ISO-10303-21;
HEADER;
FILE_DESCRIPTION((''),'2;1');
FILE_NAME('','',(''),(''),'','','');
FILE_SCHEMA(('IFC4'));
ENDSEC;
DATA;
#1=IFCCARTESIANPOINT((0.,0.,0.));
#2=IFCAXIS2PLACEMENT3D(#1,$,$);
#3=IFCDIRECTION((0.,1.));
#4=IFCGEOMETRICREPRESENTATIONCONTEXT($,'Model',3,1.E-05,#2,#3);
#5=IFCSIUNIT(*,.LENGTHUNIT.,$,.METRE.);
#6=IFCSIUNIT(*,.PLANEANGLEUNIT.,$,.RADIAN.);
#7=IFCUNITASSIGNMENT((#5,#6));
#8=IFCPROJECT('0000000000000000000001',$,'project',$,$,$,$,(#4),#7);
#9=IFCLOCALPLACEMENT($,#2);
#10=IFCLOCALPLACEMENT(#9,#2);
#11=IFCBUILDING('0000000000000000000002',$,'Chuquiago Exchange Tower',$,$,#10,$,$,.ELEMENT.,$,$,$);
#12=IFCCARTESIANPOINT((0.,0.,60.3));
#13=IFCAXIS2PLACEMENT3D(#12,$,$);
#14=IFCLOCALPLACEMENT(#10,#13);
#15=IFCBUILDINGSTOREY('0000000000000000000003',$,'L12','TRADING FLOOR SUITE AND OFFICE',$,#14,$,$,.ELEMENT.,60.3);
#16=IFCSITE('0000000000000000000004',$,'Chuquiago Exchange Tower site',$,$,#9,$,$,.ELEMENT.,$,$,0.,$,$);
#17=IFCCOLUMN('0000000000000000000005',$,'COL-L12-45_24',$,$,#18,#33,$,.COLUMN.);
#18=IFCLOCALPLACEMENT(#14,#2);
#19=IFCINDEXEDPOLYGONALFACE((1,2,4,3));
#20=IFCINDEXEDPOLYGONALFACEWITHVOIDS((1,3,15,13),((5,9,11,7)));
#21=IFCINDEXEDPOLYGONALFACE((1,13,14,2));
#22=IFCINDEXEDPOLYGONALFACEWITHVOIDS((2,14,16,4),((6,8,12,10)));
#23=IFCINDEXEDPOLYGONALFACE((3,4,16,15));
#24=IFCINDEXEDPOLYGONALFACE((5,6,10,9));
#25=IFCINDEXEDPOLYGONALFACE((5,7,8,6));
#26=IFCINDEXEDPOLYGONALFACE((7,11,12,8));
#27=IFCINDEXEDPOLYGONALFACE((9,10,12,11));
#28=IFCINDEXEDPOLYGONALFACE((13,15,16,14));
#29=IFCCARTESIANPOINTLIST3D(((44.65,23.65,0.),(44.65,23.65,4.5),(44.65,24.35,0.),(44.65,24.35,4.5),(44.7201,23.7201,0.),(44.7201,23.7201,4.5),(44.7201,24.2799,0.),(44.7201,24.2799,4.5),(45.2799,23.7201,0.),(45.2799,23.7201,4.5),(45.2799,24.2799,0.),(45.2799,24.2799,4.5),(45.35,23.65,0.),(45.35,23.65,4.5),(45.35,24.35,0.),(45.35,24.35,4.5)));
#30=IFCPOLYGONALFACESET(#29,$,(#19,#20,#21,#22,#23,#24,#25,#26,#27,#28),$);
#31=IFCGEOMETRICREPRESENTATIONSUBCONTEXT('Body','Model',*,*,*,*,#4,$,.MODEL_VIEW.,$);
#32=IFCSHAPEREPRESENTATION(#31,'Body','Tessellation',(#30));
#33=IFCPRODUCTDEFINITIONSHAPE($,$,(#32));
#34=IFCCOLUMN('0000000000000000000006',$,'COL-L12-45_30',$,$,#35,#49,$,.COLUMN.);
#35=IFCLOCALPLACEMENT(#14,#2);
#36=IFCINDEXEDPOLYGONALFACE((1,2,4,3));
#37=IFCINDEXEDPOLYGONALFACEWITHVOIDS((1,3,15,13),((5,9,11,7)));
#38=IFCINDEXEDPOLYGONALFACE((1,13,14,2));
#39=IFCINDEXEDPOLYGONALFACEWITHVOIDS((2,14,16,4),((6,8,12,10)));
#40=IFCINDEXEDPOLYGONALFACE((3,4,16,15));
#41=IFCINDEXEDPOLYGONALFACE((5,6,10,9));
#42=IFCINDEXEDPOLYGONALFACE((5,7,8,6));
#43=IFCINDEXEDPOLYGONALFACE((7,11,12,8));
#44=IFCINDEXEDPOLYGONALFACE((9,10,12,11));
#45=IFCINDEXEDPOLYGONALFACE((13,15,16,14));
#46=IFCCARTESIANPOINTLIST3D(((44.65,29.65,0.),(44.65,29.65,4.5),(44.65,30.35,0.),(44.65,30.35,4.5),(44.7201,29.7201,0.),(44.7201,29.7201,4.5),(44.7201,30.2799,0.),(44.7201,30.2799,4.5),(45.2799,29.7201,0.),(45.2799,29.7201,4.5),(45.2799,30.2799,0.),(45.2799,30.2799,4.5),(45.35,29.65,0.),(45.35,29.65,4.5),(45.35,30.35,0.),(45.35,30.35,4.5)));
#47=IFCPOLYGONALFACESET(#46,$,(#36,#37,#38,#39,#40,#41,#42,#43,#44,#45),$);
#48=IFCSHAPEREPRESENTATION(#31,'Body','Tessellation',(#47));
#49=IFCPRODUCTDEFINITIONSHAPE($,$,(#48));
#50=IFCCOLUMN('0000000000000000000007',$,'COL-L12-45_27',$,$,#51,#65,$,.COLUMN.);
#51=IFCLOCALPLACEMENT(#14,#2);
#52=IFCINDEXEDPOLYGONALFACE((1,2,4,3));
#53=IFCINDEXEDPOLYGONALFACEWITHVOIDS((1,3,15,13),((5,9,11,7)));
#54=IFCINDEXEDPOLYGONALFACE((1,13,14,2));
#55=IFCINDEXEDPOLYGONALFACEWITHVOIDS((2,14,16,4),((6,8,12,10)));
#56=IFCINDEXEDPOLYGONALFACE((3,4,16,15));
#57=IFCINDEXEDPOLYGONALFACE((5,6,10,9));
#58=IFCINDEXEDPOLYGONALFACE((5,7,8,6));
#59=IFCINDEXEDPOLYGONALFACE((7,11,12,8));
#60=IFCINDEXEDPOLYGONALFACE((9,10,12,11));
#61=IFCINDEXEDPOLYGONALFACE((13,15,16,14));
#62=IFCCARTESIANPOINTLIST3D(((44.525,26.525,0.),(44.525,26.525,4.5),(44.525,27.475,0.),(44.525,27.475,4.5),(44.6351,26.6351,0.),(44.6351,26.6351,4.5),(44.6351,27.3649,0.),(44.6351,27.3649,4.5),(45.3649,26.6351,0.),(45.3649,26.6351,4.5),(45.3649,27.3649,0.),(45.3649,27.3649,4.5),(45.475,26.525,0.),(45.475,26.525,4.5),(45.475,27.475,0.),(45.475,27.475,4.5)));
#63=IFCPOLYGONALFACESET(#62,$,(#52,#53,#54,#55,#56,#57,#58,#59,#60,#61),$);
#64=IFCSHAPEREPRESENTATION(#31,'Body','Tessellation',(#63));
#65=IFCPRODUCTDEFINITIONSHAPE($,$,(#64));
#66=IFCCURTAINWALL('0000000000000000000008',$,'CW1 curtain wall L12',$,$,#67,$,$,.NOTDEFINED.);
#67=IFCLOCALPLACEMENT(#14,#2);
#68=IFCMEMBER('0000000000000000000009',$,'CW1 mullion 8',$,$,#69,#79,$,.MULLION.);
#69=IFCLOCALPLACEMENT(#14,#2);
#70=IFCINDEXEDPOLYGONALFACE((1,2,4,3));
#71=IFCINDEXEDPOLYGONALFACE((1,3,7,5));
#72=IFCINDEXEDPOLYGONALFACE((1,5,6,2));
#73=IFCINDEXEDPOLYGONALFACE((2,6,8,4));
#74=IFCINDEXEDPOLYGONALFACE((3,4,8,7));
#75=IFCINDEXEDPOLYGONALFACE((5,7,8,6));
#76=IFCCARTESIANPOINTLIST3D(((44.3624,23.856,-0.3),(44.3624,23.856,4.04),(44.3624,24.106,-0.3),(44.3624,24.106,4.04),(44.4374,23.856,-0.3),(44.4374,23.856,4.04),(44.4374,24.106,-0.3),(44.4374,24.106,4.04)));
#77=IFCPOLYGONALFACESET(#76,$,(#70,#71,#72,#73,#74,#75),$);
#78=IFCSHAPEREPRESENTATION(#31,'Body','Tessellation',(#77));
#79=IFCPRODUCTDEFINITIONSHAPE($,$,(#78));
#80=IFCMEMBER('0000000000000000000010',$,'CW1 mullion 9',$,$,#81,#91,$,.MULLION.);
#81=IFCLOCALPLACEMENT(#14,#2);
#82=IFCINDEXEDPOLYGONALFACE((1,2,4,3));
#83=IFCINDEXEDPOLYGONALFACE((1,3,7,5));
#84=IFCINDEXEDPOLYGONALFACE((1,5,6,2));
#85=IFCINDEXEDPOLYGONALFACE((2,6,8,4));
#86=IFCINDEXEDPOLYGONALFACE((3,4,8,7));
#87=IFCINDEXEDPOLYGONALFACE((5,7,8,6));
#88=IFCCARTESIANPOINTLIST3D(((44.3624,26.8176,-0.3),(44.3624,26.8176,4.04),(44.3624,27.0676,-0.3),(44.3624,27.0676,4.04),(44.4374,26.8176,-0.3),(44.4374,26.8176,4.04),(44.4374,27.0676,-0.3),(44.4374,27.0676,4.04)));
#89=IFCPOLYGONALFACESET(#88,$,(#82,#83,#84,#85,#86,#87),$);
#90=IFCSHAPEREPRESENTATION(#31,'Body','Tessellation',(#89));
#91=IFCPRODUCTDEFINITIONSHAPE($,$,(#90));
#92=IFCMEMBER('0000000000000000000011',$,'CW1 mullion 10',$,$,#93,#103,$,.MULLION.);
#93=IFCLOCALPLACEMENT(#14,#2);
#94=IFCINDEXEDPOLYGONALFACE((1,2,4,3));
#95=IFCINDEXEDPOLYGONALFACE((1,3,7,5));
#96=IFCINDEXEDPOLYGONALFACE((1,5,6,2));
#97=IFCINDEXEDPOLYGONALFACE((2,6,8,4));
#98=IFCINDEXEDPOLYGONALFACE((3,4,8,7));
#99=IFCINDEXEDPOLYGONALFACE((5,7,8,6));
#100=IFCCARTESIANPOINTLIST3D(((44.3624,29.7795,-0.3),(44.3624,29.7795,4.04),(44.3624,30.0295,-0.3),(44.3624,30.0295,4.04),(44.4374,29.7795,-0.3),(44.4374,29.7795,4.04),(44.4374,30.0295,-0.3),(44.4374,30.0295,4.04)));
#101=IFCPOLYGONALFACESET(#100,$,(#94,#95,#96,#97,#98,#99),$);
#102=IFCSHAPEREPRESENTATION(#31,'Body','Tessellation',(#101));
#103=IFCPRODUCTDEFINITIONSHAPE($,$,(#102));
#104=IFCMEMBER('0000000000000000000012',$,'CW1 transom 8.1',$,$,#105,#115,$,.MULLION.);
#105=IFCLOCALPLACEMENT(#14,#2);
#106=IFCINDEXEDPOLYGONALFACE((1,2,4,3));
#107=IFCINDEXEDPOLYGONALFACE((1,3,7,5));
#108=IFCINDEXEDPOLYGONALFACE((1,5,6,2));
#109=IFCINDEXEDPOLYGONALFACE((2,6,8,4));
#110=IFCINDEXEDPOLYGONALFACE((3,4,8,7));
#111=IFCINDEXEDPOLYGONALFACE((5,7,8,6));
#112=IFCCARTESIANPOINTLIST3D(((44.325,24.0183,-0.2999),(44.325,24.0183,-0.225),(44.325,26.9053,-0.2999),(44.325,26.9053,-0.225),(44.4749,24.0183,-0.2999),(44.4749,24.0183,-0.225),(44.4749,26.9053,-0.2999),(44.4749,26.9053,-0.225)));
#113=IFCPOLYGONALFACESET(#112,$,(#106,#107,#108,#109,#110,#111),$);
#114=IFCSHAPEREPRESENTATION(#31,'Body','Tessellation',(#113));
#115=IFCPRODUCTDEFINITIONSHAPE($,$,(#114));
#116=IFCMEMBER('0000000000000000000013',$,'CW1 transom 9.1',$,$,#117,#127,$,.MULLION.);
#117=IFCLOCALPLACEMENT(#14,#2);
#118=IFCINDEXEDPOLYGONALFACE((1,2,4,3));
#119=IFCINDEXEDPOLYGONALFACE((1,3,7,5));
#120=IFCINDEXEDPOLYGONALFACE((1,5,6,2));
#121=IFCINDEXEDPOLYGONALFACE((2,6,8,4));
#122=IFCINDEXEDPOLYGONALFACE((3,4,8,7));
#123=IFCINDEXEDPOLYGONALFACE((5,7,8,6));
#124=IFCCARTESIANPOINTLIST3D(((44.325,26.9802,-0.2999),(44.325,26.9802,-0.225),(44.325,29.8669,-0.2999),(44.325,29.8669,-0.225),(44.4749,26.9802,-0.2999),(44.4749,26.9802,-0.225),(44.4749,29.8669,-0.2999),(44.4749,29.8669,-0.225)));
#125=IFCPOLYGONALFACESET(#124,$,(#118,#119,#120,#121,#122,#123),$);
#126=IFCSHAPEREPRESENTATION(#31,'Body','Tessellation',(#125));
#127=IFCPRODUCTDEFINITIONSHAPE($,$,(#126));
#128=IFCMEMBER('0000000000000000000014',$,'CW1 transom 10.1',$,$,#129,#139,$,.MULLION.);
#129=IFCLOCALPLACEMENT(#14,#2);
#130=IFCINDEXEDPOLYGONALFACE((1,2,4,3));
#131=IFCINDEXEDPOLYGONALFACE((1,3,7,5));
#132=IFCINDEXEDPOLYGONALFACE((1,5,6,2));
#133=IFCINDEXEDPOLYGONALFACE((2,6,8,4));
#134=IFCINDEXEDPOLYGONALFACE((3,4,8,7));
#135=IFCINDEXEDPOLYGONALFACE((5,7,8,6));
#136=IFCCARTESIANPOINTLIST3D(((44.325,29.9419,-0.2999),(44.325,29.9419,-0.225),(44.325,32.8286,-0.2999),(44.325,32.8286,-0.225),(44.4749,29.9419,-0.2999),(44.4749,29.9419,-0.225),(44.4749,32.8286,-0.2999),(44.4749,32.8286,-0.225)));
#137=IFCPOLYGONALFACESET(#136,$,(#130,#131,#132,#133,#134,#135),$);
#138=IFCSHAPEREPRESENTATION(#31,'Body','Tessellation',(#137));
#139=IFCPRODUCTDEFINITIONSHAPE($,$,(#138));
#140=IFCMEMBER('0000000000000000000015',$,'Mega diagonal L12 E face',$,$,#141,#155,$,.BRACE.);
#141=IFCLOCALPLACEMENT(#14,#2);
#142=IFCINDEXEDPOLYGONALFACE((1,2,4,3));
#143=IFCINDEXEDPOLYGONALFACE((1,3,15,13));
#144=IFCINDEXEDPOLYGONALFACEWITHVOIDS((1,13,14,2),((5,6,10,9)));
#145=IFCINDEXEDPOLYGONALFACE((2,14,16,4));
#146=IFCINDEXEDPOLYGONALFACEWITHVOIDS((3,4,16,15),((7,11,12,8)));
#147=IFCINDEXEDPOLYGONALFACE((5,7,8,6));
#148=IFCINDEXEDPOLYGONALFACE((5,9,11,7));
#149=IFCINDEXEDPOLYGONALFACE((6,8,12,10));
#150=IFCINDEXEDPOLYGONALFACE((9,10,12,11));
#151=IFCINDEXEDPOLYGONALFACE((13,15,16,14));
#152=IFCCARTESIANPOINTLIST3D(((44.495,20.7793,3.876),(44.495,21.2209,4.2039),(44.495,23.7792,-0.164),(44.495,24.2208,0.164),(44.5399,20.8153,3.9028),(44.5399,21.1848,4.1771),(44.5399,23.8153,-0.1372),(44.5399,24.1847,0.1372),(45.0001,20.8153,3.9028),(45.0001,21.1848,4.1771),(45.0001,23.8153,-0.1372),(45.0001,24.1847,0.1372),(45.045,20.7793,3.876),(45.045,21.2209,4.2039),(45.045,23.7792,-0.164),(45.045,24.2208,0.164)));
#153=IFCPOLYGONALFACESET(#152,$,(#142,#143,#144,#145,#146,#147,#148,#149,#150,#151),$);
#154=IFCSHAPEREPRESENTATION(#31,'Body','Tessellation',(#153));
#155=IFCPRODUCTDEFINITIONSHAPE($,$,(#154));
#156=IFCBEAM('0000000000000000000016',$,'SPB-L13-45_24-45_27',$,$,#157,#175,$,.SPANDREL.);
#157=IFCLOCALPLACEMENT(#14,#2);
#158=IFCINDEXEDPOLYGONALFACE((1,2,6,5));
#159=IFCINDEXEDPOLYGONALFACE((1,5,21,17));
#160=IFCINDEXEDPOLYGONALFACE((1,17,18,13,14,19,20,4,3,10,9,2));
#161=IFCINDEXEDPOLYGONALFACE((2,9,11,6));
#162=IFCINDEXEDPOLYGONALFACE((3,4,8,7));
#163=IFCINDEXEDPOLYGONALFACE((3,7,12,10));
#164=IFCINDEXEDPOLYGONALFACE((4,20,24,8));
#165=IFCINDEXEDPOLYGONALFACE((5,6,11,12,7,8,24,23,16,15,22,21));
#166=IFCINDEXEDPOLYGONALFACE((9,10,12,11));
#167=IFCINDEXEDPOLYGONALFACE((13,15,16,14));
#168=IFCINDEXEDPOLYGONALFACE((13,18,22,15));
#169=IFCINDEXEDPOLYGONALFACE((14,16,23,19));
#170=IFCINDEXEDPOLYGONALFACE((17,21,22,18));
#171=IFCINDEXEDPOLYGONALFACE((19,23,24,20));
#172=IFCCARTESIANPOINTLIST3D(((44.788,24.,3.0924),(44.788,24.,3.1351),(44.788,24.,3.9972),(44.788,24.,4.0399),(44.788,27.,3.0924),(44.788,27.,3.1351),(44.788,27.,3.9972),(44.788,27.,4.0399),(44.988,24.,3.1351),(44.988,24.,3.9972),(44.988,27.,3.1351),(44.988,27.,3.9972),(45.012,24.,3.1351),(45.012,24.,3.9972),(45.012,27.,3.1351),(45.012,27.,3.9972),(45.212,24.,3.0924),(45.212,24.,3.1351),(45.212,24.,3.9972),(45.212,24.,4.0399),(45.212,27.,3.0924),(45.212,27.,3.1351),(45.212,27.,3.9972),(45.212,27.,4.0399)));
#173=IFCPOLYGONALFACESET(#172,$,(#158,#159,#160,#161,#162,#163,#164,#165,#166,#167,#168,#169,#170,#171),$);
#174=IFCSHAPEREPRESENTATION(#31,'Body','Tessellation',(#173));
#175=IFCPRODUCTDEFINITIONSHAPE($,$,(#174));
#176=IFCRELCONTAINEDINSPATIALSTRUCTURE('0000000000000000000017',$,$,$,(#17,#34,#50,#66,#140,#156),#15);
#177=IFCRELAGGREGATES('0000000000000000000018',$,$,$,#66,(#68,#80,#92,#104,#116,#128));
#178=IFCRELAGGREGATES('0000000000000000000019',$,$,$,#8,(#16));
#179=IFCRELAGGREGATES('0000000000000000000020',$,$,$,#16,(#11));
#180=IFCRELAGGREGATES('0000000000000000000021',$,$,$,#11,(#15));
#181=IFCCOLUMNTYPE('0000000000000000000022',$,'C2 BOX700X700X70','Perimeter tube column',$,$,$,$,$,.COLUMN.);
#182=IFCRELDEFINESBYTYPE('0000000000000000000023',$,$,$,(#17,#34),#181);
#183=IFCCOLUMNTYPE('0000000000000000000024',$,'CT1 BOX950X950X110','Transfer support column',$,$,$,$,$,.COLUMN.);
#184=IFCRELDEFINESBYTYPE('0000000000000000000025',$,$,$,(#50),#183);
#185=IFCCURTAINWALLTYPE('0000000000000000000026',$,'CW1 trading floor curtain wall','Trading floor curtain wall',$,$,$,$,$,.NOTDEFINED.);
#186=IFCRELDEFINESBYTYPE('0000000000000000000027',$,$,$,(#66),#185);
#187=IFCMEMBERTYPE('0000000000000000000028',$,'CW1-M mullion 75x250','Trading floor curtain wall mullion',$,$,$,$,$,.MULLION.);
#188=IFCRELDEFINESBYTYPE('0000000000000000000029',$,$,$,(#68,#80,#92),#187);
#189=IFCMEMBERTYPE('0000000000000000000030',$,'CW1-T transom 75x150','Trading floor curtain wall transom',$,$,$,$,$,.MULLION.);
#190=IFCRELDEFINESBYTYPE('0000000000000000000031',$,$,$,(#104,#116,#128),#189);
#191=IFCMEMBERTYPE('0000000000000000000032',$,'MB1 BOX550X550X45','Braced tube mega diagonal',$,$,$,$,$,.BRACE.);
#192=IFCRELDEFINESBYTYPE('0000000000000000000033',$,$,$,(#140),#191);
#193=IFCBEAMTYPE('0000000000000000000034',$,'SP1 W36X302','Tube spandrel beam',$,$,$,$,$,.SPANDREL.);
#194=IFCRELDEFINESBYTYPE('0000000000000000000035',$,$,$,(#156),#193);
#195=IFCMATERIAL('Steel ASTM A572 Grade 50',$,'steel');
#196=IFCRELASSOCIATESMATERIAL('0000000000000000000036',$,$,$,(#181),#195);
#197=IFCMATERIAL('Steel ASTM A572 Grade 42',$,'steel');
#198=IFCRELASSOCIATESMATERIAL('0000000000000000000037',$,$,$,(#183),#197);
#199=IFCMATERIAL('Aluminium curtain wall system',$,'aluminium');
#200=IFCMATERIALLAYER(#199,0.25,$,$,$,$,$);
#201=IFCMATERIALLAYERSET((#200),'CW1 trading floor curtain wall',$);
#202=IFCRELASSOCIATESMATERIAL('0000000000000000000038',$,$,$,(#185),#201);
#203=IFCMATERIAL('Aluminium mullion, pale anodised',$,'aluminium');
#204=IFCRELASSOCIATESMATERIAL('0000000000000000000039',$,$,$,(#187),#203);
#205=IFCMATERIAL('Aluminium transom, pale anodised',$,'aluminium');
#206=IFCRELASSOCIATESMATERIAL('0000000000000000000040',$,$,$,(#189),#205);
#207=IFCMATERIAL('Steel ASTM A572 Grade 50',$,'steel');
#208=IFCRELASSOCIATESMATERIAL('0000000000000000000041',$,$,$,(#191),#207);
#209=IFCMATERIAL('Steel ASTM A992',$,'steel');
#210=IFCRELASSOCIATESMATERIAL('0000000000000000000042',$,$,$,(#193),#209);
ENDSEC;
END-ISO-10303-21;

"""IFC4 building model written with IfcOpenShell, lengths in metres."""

from ifc_helpers import new_model, si_unit, direction, frame, origin, origin_2d, place, context, subcontext, project, spatial, rectangle, hollow_rectangle, i_section, extrude, material, layer, layer_set, material_profile, profile_set, type_object, element, aggregate, save


model = new_model("IFC4")

# Units and contexts
model_context = context("Model", 3, precision=1e-05, world=origin(), true_north=direction((0.0, 1.0)))
body_context = subcontext(model_context, "Body", "Model", "MODEL_VIEW")
ifc_project = project(units=[si_unit("LENGTHUNIT", "METRE"), si_unit("PLANEANGLEUNIT", "RADIAN")], contexts=[model_context])

# Site, building, storey
site_placement = place(None, origin())
site = spatial("IfcSite", under=ifc_project, at=site_placement, Name="Chuquiago Exchange Tower site", CompositionType="ELEMENT", RefElevation=0.0)
building_placement = place(site_placement, origin())
building = spatial("IfcBuilding", under=site, at=building_placement, Name="Chuquiago Exchange Tower", CompositionType="ELEMENT")
storey_placement = place(building_placement, frame((0.0, 0.0, 60.3)))
storey = spatial("IfcBuildingStorey", under=building, at=storey_placement, Name="L12", Description="TRADING FLOOR SUITE AND OFFICE", CompositionType="ELEMENT", Elevation=60.3)

# Columns
ifc_material_1 = material(Name="Steel ASTM A572 Grade 50", Category="steel")
ifc_material_profile_1 = material_profile(ifc_material_1, hollow_rectangle(XDim=0.7, YDim=0.7, WallThickness=0.0701, at=origin_2d()), Name="BOX700X700X70")
ifc_profile_set_1 = profile_set([ifc_material_profile_1], Name="Steel ASTM A572 Grade 50")
column_type_1 = type_object("IfcColumnType", Name="C2 BOX700X700X70", Description="Perimeter tube column", PredefinedType="COLUMN", material=ifc_profile_set_1)
for number, where, z_axis, x_axis, name in (
    (1, (45.0, 24.0, 0.0), (0.0, 0.0, 1.0), (1.0, 0.0, 0.0), "COL-L12-45_24"),
    (2, (45.0, 30.0, 0.0), (0.0, 0.0, 1.0), (1.0, 0.0, 0.0), "COL-L12-45_30"),
):
    element("IfcColumn", number, at=place(storey_placement, frame(where, z_axis=z_axis, x_axis=x_axis)), inside=storey, type_object=column_type_1, Name=name, PredefinedType="COLUMN", context=body_context, shape_type="SweptSolid", body=[
        extrude(hollow_rectangle(XDim=0.7, YDim=0.7, WallThickness=0.0701, at=origin_2d()), origin(), (0.0, 0.0, 1.0), 4.5),
    ])
ifc_material_2 = material(Name="Steel ASTM A572 Grade 42", Category="steel")
ifc_material_profile_2 = material_profile(ifc_material_2, hollow_rectangle(XDim=0.95, YDim=0.95, WallThickness=0.1101, at=origin_2d()), Name="BOX950X950X110")
ifc_profile_set_2 = profile_set([ifc_material_profile_2], Name="Steel ASTM A572 Grade 42")
column_type_2 = type_object("IfcColumnType", Name="CT1 BOX950X950X110", Description="Transfer support column", PredefinedType="COLUMN", material=ifc_profile_set_2)
column_placement = place(storey_placement, frame((45.0, 27.0, 0.0), z_axis=(0.0, 0.0, 1.0), x_axis=(1.0, 0.0, 0.0)))
element("IfcColumn", 3, at=column_placement, inside=storey, type_object=column_type_2, Name="COL-L12-45_27", PredefinedType="COLUMN", context=body_context, shape_type="SweptSolid", body=[
    extrude(hollow_rectangle(XDim=0.95, YDim=0.95, WallThickness=0.1101, at=origin_2d()), origin(), (0.0, 0.0, 1.0), 4.5),
])

# Curtain wall, members
ifc_material_3 = material(Name="Aluminium curtain wall system", Category="aluminium")
ifc_layer_1 = layer(ifc_material_3, 0.25)
ifc_layer_set_1 = layer_set([ifc_layer_1], Name="CW1 trading floor curtain wall")
curtain_wall_type = type_object("IfcCurtainWallType", Name="CW1 trading floor curtain wall", Description="Trading floor curtain wall", PredefinedType="NOTDEFINED", material=ifc_layer_set_1)
curtain_wall_placement = place(storey_placement, origin())
curtain_wall = element("IfcCurtainWall", 4, at=curtain_wall_placement, inside=storey, type_object=curtain_wall_type, Name="CW1 curtain wall L12", PredefinedType="NOTDEFINED")
ifc_material_4 = material(Name="Aluminium mullion, pale anodised", Category="aluminium")
ifc_material_profile_3 = material_profile(ifc_material_4, rectangle(XDim=0.075, YDim=0.25, at=origin_2d()), Name="AL 75x250")
ifc_profile_set_3 = profile_set([ifc_material_profile_3], Name="Aluminium mullion, pale anodised")
member_type_1 = type_object("IfcMemberType", Name="CW1-M mullion 75x250", Description="Trading floor curtain wall mullion", PredefinedType="MULLION", material=ifc_profile_set_3)
member_1_placement = place(storey_placement, frame((44.3999, 23.981, -0.3), z_axis=(0.0, 0.0, 1.0), x_axis=(-1.0, 0.0, 0.0)))
member_1 = element("IfcMember", 5, at=member_1_placement, type_object=member_type_1, Name="CW1 mullion 8", PredefinedType="MULLION", context=body_context, shape_type="SweptSolid", body=[
    extrude(rectangle(XDim=0.075, YDim=0.25, at=origin_2d()), origin(), (0.0, 0.0, 1.0), 4.3401),
])
member_2_placement = place(storey_placement, frame((44.3999, 26.9426, -0.3), z_axis=(0.0, 0.0, 1.0), x_axis=(-1.0, 0.0, 0.0)))
member_2 = element("IfcMember", 6, at=member_2_placement, type_object=member_type_1, Name="CW1 mullion 9", PredefinedType="MULLION", context=body_context, shape_type="SweptSolid", body=[
    extrude(rectangle(XDim=0.075, YDim=0.25, at=origin_2d()), origin(), (0.0, 0.0, 1.0), 4.3401),
])
member_3_placement = place(storey_placement, frame((44.3999, 29.9045, -0.3), z_axis=(0.0, 0.0, 1.0), x_axis=(-1.0, 0.0, 0.0)))
member_3 = element("IfcMember", 7, at=member_3_placement, type_object=member_type_1, Name="CW1 mullion 10", PredefinedType="MULLION", context=body_context, shape_type="SweptSolid", body=[
    extrude(rectangle(XDim=0.075, YDim=0.25, at=origin_2d()), origin(), (0.0, 0.0, 1.0), 4.3401),
])
ifc_material_5 = material(Name="Aluminium transom, pale anodised", Category="aluminium")
ifc_material_profile_4 = material_profile(ifc_material_5, rectangle(XDim=0.1499, YDim=0.075, at=origin_2d()), Name="AL 150x75")
ifc_profile_set_4 = profile_set([ifc_material_profile_4], Name="Aluminium transom, pale anodised")
member_type_2 = type_object("IfcMemberType", Name="CW1-T transom 75x150", Description="Trading floor curtain wall transom", PredefinedType="MULLION", material=ifc_profile_set_4)
member_4_placement = place(storey_placement, frame((44.3999, 24.0183, -0.2625), z_axis=(0.0, 1.0, 0.0), x_axis=(-1.0, 0.0, 0.0)))
member_4 = element("IfcMember", 8, at=member_4_placement, type_object=member_type_2, Name="CW1 transom 8.1", PredefinedType="MULLION", context=body_context, shape_type="SweptSolid", body=[
    extrude(rectangle(XDim=0.1499, YDim=0.075, at=origin_2d()), origin(), (0.0, 0.0, 1.0), 2.887),
])
member_5_placement = place(storey_placement, frame((44.3999, 26.9802, -0.2625), z_axis=(0.0, 1.0, 0.0), x_axis=(-1.0, 0.0, 0.0)))
member_5 = element("IfcMember", 9, at=member_5_placement, type_object=member_type_2, Name="CW1 transom 9.1", PredefinedType="MULLION", context=body_context, shape_type="SweptSolid", body=[
    extrude(rectangle(XDim=0.1499, YDim=0.075, at=origin_2d()), origin(), (0.0, 0.0, 1.0), 2.8867),
])
member_6_placement = place(storey_placement, frame((44.3999, 29.9419, -0.2625), z_axis=(0.0, 1.0, 0.0), x_axis=(-1.0, 0.0, 0.0)))
member_6 = element("IfcMember", 10, at=member_6_placement, type_object=member_type_2, Name="CW1 transom 10.1", PredefinedType="MULLION", context=body_context, shape_type="SweptSolid", body=[
    extrude(rectangle(XDim=0.1499, YDim=0.075, at=origin_2d()), origin(), (0.0, 0.0, 1.0), 2.8867),
])

# Member
ifc_material_6 = material(Name="Steel ASTM A572 Grade 50", Category="steel")
ifc_material_profile_5 = material_profile(ifc_material_6, hollow_rectangle(XDim=0.55, YDim=0.55, WallThickness=0.0449, at=origin_2d()), Name="BOX550X550X45")
ifc_profile_set_5 = profile_set([ifc_material_profile_5], Name="Steel ASTM A572 Grade 50")
member_type_3 = type_object("IfcMemberType", Name="MB1 BOX550X550X45", Description="Braced tube mega diagonal", PredefinedType="BRACE", material=ifc_profile_set_5)
member_7_placement = place(storey_placement, frame((44.77, 24.0, 0.0), z_axis=(0.0, -0.596174, 0.802855), x_axis=(1.0, 0.0, 0.0)))
element("IfcMember", 11, at=member_7_placement, inside=storey, type_object=member_type_3, Name="Mega diagonal L12 E face", PredefinedType="BRACE", context=body_context, shape_type="SweptSolid", body=[
    extrude(hollow_rectangle(XDim=0.55, YDim=0.55, WallThickness=0.0449, at=origin_2d()), origin(), (0.0, 0.0, 1.0), 5.032),
])

# Beam
ifc_material_7 = material(Name="Steel ASTM A992", Category="steel")
ifc_material_profile_6 = material_profile(ifc_material_7, i_section(OverallWidth=0.4241, OverallDepth=0.9475, WebThickness=0.0239, FlangeThickness=0.0427, at=origin_2d()), Name="W36X302")
ifc_profile_set_6 = profile_set([ifc_material_profile_6], Name="Steel ASTM A992")
beam_type = type_object("IfcBeamType", Name="SP1 W36X302", Description="Tube spandrel beam", PredefinedType="SPANDREL", material=ifc_profile_set_6)
for number, where, z_axis, x_axis, name in (
    (12, (45.0, 24.0, 3.5662), (0.0, 1.0, 0.0), (-1.0, 0.0, 0.0), "SPB-L13-45_24-45_27"),
):
    element("IfcBeam", number, at=place(storey_placement, frame(where, z_axis=z_axis, x_axis=x_axis)), inside=storey, type_object=beam_type, Name=name, PredefinedType="SPANDREL", context=body_context, shape_type="SweptSolid", body=[
        extrude(i_section(OverallWidth=0.4241, OverallDepth=0.9475, WebThickness=0.0239, FlangeThickness=0.0427, at=origin_2d()), origin(), (0.0, 0.0, 1.0), 3.0),
    ])

aggregate(curtain_wall, [member_1, member_2, member_3, member_4, member_5, member_6])

save(model, "model.ifc")
